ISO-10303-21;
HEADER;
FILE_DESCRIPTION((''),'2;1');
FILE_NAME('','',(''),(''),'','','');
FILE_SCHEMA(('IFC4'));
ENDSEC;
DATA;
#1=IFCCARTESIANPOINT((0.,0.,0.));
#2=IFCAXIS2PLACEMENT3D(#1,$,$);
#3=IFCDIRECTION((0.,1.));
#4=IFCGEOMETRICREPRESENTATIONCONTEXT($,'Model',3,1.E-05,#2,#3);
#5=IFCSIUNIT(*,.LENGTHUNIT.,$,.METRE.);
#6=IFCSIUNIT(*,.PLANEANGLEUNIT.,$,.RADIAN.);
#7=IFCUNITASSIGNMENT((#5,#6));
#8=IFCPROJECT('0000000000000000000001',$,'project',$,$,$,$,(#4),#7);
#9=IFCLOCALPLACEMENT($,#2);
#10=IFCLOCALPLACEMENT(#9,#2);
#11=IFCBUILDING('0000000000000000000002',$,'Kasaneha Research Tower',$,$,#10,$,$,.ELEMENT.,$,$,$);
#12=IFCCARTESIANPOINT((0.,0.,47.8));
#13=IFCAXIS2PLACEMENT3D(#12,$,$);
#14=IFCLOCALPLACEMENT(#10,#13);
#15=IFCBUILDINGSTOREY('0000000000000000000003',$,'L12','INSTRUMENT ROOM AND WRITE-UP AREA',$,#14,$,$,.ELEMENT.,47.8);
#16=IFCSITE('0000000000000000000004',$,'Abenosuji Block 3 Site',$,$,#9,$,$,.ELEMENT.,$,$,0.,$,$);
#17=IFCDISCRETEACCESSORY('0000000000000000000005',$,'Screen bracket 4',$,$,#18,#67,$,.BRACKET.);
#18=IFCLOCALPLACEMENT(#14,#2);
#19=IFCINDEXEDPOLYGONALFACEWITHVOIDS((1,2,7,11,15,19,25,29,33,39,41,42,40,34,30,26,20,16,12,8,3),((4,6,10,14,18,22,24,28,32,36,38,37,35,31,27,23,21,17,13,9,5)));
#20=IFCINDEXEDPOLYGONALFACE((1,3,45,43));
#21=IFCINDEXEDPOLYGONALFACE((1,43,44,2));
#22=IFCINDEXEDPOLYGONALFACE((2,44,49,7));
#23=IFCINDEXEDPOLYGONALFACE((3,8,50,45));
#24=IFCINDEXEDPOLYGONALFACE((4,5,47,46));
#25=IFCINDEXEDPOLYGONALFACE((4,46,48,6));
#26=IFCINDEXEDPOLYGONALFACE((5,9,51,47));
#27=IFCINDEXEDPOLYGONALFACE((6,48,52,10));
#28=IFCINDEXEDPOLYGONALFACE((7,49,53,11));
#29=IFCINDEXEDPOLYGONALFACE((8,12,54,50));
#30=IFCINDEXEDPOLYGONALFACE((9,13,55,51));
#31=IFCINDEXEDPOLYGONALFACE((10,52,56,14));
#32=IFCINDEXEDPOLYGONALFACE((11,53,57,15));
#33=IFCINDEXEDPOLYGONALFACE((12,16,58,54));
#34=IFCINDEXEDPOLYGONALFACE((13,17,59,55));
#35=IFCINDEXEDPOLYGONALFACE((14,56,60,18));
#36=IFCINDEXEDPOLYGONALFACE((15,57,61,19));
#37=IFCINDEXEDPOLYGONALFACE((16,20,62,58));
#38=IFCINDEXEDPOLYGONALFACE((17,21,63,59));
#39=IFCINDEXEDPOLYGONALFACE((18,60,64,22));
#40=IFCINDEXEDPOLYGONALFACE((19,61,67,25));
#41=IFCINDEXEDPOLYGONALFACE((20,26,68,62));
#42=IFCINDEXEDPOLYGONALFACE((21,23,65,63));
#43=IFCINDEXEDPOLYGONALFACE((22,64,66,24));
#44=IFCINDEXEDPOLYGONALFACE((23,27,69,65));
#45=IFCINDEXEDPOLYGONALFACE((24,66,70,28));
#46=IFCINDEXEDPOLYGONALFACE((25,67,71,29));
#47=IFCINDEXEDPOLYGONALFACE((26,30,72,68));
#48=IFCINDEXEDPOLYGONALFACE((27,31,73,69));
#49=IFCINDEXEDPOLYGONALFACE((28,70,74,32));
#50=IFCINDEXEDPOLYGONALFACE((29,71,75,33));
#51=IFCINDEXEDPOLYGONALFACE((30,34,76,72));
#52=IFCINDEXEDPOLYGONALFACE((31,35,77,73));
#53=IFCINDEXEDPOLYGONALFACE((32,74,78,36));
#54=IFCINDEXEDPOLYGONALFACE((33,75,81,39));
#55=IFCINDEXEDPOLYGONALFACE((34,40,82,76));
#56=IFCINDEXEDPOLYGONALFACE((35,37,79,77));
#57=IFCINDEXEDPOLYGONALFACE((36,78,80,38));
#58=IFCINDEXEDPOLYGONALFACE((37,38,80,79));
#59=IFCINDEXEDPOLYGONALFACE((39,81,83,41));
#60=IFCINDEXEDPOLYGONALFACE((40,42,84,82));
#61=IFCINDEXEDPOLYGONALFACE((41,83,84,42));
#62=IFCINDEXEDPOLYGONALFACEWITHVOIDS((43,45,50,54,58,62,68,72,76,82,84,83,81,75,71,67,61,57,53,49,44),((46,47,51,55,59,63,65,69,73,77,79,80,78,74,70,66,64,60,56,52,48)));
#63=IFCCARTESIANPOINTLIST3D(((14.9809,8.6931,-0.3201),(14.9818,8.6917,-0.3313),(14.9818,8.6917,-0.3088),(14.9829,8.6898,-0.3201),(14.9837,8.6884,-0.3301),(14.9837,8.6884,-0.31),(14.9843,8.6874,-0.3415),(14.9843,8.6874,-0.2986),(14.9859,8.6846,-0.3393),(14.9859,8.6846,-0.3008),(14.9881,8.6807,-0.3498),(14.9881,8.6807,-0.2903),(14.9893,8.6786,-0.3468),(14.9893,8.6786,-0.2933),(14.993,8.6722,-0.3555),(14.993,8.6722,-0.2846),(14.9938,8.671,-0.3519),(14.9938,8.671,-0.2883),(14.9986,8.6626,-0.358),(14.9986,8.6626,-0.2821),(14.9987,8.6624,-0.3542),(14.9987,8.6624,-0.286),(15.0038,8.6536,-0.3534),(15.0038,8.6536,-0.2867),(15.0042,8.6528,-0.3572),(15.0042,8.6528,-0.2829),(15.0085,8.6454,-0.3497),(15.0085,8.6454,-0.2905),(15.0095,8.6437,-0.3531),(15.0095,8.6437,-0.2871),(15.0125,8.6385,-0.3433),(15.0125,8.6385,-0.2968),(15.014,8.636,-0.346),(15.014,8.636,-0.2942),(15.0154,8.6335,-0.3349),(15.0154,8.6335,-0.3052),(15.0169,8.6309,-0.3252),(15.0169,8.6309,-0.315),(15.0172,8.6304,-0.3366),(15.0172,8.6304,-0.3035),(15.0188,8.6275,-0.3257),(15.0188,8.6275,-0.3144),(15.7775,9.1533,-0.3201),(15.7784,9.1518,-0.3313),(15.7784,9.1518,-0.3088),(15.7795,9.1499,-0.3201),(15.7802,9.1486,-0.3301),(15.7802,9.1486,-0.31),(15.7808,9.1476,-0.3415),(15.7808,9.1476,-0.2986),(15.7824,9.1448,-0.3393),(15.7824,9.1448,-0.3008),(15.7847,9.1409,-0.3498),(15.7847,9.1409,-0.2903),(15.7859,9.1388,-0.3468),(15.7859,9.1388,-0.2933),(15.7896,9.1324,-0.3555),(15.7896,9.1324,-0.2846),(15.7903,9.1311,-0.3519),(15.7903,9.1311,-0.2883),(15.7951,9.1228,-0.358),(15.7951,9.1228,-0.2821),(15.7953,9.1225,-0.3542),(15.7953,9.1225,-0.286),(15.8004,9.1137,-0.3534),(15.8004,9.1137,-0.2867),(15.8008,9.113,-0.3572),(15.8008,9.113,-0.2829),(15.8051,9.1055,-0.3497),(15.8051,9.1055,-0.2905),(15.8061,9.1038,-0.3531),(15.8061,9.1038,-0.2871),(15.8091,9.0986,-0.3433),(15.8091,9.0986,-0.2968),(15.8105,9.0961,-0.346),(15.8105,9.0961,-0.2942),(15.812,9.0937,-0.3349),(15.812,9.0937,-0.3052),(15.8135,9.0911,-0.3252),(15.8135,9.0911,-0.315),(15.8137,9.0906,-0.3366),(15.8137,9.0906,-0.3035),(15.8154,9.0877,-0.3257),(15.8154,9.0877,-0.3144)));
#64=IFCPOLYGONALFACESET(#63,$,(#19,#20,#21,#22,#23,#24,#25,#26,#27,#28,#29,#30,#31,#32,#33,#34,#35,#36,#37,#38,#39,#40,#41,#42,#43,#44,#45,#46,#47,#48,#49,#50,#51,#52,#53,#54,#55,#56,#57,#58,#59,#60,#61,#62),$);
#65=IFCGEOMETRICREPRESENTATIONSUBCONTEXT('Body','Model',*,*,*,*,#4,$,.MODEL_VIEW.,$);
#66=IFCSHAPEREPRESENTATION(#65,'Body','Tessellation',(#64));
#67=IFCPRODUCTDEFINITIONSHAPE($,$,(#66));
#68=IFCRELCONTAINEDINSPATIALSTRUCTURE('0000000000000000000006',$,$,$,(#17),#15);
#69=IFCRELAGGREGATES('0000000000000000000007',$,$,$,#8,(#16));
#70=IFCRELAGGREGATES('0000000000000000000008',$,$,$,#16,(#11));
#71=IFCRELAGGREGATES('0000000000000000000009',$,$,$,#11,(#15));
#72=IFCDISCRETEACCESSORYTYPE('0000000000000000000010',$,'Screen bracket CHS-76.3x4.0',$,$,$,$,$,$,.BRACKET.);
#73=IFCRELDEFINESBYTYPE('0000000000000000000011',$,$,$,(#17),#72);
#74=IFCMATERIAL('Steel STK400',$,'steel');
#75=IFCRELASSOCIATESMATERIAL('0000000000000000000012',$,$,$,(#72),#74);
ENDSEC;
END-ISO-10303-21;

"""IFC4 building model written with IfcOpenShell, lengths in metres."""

from ifc_helpers import new_model, si_unit, direction, frame, origin, origin_2d, place, context, subcontext, project, spatial, hollow_circle, extrude, material, material_profile, profile_set, type_object, element, save


model = new_model("IFC4")

# Units and contexts
model_context = context("Model", 3, precision=1e-05, world=origin(), true_north=direction((0.0, 1.0)))
body_context = subcontext(model_context, "Body", "Model", "MODEL_VIEW")
ifc_project = project(units=[si_unit("LENGTHUNIT", "METRE"), si_unit("PLANEANGLEUNIT", "RADIAN")], contexts=[model_context])

# Site, building, storey
site_placement = place(None, origin())
site = spatial("IfcSite", under=ifc_project, at=site_placement, Name="Abenosuji Block 3 Site", CompositionType="ELEMENT", RefElevation=0.0)
building_placement = place(site_placement, origin())
building = spatial("IfcBuilding", under=site, at=building_placement, Name="Kasaneha Research Tower", CompositionType="ELEMENT")
storey_placement = place(building_placement, frame((0.0, 0.0, 47.8)))
storey = spatial("IfcBuildingStorey", under=building, at=storey_placement, Name="L12", Description="INSTRUMENT ROOM AND WRITE-UP AREA", CompositionType="ELEMENT", Elevation=47.8)

# Discrete accessory
ifc_material_1 = material(Name="Steel STK400", Category="steel")
ifc_material_profile_1 = material_profile(ifc_material_1, hollow_circle(Radius=0.0381, WallThickness=0.0039, at=origin_2d()), Name="CHS-76.3x4.0")
ifc_profile_set_1 = profile_set([ifc_material_profile_1], Name="Steel STK400")
discrete_accessory_type = type_object("IfcDiscreteAccessoryType", Name="Screen bracket CHS-76.3x4.0", PredefinedType="BRACKET", material=ifc_profile_set_1)
for number, where, z_axis, x_axis, name in (
    (1, (15.0, 8.6602, -0.3201), (0.865898, 0.50022, 0.0), (-0.50022, 0.865898, 0.0), "Screen bracket 4"),
):
    element("IfcDiscreteAccessory", number, at=place(storey_placement, frame(where, z_axis=z_axis, x_axis=x_axis)), inside=storey, type_object=discrete_accessory_type, Name=name, PredefinedType="BRACKET", context=body_context, shape_type="SweptSolid", body=[
        extrude(hollow_circle(Radius=0.0381, WallThickness=0.0039, at=origin_2d()), origin(), (0.0, 0.0, 1.0), 0.9199),
    ])

save(model, "model.ifc")
